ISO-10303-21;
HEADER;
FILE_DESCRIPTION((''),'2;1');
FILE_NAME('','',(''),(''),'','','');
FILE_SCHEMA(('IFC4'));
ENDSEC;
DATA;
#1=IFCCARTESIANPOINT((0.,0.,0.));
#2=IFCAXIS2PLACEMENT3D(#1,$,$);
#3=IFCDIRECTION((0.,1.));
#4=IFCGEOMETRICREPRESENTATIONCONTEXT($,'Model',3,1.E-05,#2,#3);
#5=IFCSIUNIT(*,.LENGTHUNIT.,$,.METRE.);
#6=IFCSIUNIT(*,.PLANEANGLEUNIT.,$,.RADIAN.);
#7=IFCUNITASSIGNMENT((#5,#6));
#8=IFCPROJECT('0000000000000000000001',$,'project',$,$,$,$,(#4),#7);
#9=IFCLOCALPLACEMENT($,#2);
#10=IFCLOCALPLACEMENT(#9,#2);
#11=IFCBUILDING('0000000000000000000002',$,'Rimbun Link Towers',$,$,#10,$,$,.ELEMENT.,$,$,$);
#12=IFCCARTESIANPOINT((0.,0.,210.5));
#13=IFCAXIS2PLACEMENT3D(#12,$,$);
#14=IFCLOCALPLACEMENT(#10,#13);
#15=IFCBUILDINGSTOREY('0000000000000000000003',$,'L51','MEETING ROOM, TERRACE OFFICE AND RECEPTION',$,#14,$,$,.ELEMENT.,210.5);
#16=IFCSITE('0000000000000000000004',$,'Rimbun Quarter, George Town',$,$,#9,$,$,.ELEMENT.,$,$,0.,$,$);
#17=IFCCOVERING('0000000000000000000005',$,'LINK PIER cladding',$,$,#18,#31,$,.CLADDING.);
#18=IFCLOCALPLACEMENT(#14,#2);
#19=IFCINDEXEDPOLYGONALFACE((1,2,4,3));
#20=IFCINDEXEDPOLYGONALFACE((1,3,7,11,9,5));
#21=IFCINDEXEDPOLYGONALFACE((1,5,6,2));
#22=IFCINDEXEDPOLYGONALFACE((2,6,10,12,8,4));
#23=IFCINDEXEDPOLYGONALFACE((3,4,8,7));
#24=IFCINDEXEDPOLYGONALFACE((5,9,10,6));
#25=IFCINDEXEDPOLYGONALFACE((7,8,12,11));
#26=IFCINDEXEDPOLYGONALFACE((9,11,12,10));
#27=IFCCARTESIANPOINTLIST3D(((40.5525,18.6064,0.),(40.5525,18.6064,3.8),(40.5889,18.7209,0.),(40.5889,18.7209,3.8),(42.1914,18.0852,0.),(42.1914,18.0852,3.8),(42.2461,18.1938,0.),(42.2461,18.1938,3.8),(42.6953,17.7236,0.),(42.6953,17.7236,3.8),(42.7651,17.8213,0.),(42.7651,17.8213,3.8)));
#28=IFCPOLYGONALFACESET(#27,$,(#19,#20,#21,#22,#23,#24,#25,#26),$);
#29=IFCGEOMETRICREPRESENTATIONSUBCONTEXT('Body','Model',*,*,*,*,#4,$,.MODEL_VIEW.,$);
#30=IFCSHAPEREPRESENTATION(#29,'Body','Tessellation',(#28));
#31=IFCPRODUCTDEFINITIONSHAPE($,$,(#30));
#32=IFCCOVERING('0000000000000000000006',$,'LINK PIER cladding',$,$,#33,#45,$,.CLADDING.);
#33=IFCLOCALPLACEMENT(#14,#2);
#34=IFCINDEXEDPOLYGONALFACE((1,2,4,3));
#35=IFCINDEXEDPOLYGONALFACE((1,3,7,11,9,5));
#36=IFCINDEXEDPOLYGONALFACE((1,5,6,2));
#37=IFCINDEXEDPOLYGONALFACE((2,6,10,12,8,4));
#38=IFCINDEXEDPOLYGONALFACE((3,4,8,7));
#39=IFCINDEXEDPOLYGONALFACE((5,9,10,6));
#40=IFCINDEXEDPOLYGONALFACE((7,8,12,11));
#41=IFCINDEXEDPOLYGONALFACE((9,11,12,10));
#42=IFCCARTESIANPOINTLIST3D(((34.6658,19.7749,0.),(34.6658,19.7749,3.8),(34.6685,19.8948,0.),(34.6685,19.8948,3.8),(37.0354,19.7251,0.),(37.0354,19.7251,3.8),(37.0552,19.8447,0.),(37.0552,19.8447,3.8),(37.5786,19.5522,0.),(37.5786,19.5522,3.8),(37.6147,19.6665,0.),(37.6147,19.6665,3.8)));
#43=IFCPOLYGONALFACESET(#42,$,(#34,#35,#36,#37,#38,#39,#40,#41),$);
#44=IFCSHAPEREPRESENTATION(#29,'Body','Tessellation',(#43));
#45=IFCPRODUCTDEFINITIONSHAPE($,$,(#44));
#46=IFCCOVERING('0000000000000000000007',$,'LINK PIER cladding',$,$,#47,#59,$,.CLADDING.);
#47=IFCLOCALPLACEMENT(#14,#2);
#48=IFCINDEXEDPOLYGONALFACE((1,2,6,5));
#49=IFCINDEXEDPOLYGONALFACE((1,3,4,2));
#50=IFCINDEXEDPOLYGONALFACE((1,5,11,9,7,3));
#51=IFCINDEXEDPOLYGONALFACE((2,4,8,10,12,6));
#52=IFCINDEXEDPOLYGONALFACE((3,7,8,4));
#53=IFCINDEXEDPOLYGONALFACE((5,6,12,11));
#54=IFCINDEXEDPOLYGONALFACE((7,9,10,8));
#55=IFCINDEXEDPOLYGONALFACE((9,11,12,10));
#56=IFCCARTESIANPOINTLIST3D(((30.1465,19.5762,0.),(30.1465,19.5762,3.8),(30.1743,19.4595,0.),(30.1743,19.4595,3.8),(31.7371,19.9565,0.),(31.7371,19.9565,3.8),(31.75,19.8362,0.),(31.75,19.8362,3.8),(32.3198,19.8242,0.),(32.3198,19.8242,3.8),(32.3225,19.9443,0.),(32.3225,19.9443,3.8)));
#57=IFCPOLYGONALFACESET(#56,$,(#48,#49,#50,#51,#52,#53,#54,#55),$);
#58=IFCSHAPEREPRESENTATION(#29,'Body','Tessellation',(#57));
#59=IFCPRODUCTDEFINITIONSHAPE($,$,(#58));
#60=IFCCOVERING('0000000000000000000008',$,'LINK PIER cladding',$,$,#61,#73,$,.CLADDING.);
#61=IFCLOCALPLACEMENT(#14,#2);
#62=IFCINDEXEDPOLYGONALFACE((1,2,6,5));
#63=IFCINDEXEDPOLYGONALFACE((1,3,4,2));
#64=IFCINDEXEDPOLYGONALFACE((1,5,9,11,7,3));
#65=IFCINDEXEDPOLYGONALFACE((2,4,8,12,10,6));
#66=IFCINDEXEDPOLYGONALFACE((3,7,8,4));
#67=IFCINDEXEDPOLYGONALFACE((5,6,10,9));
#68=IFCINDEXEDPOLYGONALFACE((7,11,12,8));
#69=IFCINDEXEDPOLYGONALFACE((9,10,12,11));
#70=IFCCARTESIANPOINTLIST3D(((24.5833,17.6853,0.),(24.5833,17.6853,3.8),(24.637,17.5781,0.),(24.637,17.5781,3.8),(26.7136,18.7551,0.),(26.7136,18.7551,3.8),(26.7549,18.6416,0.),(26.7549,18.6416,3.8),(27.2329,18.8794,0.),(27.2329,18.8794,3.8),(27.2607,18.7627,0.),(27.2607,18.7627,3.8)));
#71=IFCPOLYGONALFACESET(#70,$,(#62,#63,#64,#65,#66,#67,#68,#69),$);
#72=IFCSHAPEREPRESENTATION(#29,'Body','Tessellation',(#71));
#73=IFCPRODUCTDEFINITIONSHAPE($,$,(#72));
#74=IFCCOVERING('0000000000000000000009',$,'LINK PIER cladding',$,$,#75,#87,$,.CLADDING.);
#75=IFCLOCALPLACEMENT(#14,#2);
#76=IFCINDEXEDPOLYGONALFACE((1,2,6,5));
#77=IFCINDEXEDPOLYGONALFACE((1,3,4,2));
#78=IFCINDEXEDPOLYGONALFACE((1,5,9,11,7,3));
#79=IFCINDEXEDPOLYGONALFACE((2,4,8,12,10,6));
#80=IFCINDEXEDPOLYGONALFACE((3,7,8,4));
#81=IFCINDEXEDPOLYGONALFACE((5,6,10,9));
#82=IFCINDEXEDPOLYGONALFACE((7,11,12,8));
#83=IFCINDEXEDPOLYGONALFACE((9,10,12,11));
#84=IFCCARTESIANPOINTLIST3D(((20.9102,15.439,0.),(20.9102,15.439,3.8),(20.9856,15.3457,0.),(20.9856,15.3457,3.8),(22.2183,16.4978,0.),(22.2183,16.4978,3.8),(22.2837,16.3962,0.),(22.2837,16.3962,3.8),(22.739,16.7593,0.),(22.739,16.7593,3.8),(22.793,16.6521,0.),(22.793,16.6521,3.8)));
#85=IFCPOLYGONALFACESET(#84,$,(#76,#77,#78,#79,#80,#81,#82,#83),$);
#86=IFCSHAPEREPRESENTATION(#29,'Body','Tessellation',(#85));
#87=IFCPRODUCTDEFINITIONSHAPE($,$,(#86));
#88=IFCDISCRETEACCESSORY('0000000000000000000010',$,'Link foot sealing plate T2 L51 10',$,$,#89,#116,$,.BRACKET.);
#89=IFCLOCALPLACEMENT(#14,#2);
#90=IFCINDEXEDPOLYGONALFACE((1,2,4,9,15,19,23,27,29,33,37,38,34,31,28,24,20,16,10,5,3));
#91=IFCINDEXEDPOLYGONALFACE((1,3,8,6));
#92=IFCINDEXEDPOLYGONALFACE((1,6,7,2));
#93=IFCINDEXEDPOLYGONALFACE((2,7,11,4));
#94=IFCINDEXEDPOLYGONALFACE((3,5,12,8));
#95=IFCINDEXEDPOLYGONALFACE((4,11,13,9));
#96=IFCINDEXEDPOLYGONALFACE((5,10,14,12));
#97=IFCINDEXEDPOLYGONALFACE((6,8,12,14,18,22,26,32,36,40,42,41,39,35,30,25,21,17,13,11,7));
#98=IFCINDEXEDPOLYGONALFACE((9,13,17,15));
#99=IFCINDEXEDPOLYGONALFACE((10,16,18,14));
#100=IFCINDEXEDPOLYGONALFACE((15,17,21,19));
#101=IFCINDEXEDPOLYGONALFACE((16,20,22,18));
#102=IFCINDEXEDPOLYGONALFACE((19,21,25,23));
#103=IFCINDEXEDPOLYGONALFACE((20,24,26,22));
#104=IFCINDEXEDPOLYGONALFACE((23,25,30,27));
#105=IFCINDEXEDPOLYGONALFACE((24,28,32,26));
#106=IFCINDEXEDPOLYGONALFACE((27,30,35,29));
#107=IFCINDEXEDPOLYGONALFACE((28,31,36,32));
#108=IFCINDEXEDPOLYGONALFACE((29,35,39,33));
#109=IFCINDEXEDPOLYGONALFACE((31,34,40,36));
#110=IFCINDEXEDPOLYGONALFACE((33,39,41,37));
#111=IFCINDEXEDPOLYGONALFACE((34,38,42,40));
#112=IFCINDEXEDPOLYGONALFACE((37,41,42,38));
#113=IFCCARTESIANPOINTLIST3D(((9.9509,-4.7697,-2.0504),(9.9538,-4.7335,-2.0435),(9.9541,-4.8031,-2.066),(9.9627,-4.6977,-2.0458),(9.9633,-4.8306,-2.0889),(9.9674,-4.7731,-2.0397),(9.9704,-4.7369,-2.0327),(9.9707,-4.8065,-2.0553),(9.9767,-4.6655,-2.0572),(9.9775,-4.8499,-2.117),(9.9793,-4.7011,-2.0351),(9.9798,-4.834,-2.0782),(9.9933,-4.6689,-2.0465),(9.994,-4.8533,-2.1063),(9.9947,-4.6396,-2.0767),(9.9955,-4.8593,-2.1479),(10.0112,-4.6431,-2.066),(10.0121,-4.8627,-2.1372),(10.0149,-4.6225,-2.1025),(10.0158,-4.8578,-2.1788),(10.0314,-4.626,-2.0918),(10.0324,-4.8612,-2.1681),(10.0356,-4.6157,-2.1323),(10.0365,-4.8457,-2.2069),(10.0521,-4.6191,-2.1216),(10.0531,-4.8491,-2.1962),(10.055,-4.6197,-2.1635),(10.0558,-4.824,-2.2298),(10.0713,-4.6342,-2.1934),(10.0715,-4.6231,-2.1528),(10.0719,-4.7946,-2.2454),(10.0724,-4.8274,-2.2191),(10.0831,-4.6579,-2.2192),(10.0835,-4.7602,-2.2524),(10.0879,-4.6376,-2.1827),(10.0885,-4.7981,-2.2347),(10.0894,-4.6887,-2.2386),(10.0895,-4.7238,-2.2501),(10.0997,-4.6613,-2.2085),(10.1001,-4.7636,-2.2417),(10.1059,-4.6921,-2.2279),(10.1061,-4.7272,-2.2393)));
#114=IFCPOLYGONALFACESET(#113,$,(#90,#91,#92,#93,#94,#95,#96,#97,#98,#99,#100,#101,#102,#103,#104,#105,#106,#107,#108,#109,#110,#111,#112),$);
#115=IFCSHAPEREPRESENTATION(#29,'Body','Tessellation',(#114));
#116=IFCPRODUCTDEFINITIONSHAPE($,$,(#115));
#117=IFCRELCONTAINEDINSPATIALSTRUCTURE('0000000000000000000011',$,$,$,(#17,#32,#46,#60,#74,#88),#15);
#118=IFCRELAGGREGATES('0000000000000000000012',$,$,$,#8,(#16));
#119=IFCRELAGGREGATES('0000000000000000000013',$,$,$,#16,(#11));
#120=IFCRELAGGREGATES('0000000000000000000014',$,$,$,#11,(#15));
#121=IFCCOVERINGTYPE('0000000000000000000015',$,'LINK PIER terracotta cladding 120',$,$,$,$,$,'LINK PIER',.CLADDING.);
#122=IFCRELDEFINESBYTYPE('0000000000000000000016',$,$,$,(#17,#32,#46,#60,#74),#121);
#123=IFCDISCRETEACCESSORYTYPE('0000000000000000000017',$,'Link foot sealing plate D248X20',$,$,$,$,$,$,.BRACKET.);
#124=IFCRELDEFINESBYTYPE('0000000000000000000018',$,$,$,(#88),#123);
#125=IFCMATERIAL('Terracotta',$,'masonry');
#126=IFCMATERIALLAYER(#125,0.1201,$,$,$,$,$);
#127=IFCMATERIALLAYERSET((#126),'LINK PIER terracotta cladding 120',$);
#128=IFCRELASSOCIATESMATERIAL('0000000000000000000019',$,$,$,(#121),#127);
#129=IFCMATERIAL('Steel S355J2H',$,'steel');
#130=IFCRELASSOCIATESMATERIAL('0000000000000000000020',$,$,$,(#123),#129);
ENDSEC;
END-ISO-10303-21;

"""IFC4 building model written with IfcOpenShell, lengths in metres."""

from ifc_helpers import new_model, si_unit, direction, frame, origin, origin_2d, place, context, subcontext, project, spatial, polyline, circle, outline, extrude, material, layer, layer_set, material_profile, profile_set, type_object, element, save


model = new_model("IFC4")

# Units and contexts
model_context = context("Model", 3, precision=1e-05, world=origin(), true_north=direction((0.0, 1.0)))
body_context = subcontext(model_context, "Body", "Model", "MODEL_VIEW")
ifc_project = project(units=[si_unit("LENGTHUNIT", "METRE"), si_unit("PLANEANGLEUNIT", "RADIAN")], contexts=[model_context])

# Site, building, storey
site_placement = place(None, origin())
site = spatial("IfcSite", under=ifc_project, at=site_placement, Name="Rimbun Quarter, George Town", CompositionType="ELEMENT", RefElevation=0.0)
building_placement = place(site_placement, origin())
building = spatial("IfcBuilding", under=site, at=building_placement, Name="Rimbun Link Towers", CompositionType="ELEMENT")
storey_placement = place(building_placement, frame((0.0, 0.0, 210.5)))
storey = spatial("IfcBuildingStorey", under=building, at=storey_placement, Name="L51", Description="MEETING ROOM, TERRACE OFFICE AND RECEPTION", CompositionType="ELEMENT", Elevation=210.5)

# Coverings
ifc_material_1 = material(Name="Terracotta", Category="masonry")
ifc_layer_1 = layer(ifc_material_1, 0.1201)
ifc_layer_set_1 = layer_set([ifc_layer_1], Name="LINK PIER terracotta cladding 120")
covering_type_1 = type_object("IfcCoveringType", Name="LINK PIER terracotta cladding 120", ElementType="LINK PIER", PredefinedType="CLADDING", material=ifc_layer_set_1)
covering_1_placement = place(storey_placement, origin())
element("IfcCovering", 1, at=covering_1_placement, inside=storey, type_object=covering_type_1, Name="LINK PIER cladding", PredefinedType="CLADDING", context=body_context, shape_type="SweptSolid", body=[
    extrude(outline(polyline([(40.5525, 18.6064), (42.1914, 18.0852), (42.6953, 17.7236), (42.7651, 17.8213), (42.2461, 18.1938), (40.5889, 18.7209), (40.5525, 18.6064)])), origin(), (0.0, 0.0, 1.0), 3.8),
])
covering_2_placement = place(storey_placement, origin())
element("IfcCovering", 2, at=covering_2_placement, inside=storey, type_object=covering_type_1, Name="LINK PIER cladding", PredefinedType="CLADDING", context=body_context, shape_type="SweptSolid", body=[
    extrude(outline(polyline([(34.6658, 19.7749), (37.0354, 19.7251), (37.5786, 19.5522), (37.6147, 19.6665), (37.0552, 19.8447), (34.6685, 19.8948), (34.6658, 19.7749)])), origin(), (0.0, 0.0, 1.0), 3.8),
])
covering_3_placement = place(storey_placement, origin())
element("IfcCovering", 3, at=covering_3_placement, inside=storey, type_object=covering_type_1, Name="LINK PIER cladding", PredefinedType="CLADDING", context=body_context, shape_type="SweptSolid", body=[
    extrude(outline(polyline([(30.1743, 19.4595), (31.75, 19.8362), (32.3198, 19.8242), (32.3225, 19.9443), (31.7371, 19.9565), (30.1465, 19.5762), (30.1743, 19.4595)])), origin(), (0.0, 0.0, 1.0), 3.8),
])
covering_4_placement = place(storey_placement, origin())
element("IfcCovering", 4, at=covering_4_placement, inside=storey, type_object=covering_type_1, Name="LINK PIER cladding", PredefinedType="CLADDING", context=body_context, shape_type="SweptSolid", body=[
    extrude(outline(polyline([(24.637, 17.5781), (26.7549, 18.6416), (27.2607, 18.7627), (27.2329, 18.8794), (26.7136, 18.7551), (24.5833, 17.6853), (24.637, 17.5781)])), origin(), (0.0, 0.0, 1.0), 3.8),
])
covering_5_placement = place(storey_placement, origin())
element("IfcCovering", 5, at=covering_5_placement, inside=storey, type_object=covering_type_1, Name="LINK PIER cladding", PredefinedType="CLADDING", context=body_context, shape_type="SweptSolid", body=[
    extrude(outline(polyline([(20.9856, 15.3457), (22.2837, 16.3962), (22.793, 16.6521), (22.739, 16.7593), (22.2183, 16.4978), (20.9102, 15.439), (20.9856, 15.3457)])), origin(), (0.0, 0.0, 1.0), 3.8),
])

# Discrete accessory
ifc_material_2 = material(Name="Steel S355J2H", Category="steel")
ifc_material_profile_1 = material_profile(ifc_material_2, circle(Radius=0.124, at=origin_2d()), Name="PL D248")
ifc_profile_set_1 = profile_set([ifc_material_profile_1], Name="Steel S355J2H")
discrete_accessory_type = type_object("IfcDiscreteAccessoryType", Name="Link foot sealing plate D248X20", PredefinedType="BRACKET", material=ifc_profile_set_1)
discrete_accessory_placement = place(storey_placement, frame((10.0371, -4.7412, -2.1372), z_axis=(-0.827302, 0.170327, -0.535313), x_axis=(-0.201653, -0.979457, 0.0)))
element("IfcDiscreteAccessory", 6, at=discrete_accessory_placement, inside=storey, type_object=discrete_accessory_type, Name="Link foot sealing plate T2 L51 10", PredefinedType="BRACKET", context=body_context, shape_type="SweptSolid", body=[
    extrude(circle(Radius=0.124, at=origin_2d()), origin(), (0.0, 0.0, 1.0), 0.02),
])

save(model, "model.ifc")
